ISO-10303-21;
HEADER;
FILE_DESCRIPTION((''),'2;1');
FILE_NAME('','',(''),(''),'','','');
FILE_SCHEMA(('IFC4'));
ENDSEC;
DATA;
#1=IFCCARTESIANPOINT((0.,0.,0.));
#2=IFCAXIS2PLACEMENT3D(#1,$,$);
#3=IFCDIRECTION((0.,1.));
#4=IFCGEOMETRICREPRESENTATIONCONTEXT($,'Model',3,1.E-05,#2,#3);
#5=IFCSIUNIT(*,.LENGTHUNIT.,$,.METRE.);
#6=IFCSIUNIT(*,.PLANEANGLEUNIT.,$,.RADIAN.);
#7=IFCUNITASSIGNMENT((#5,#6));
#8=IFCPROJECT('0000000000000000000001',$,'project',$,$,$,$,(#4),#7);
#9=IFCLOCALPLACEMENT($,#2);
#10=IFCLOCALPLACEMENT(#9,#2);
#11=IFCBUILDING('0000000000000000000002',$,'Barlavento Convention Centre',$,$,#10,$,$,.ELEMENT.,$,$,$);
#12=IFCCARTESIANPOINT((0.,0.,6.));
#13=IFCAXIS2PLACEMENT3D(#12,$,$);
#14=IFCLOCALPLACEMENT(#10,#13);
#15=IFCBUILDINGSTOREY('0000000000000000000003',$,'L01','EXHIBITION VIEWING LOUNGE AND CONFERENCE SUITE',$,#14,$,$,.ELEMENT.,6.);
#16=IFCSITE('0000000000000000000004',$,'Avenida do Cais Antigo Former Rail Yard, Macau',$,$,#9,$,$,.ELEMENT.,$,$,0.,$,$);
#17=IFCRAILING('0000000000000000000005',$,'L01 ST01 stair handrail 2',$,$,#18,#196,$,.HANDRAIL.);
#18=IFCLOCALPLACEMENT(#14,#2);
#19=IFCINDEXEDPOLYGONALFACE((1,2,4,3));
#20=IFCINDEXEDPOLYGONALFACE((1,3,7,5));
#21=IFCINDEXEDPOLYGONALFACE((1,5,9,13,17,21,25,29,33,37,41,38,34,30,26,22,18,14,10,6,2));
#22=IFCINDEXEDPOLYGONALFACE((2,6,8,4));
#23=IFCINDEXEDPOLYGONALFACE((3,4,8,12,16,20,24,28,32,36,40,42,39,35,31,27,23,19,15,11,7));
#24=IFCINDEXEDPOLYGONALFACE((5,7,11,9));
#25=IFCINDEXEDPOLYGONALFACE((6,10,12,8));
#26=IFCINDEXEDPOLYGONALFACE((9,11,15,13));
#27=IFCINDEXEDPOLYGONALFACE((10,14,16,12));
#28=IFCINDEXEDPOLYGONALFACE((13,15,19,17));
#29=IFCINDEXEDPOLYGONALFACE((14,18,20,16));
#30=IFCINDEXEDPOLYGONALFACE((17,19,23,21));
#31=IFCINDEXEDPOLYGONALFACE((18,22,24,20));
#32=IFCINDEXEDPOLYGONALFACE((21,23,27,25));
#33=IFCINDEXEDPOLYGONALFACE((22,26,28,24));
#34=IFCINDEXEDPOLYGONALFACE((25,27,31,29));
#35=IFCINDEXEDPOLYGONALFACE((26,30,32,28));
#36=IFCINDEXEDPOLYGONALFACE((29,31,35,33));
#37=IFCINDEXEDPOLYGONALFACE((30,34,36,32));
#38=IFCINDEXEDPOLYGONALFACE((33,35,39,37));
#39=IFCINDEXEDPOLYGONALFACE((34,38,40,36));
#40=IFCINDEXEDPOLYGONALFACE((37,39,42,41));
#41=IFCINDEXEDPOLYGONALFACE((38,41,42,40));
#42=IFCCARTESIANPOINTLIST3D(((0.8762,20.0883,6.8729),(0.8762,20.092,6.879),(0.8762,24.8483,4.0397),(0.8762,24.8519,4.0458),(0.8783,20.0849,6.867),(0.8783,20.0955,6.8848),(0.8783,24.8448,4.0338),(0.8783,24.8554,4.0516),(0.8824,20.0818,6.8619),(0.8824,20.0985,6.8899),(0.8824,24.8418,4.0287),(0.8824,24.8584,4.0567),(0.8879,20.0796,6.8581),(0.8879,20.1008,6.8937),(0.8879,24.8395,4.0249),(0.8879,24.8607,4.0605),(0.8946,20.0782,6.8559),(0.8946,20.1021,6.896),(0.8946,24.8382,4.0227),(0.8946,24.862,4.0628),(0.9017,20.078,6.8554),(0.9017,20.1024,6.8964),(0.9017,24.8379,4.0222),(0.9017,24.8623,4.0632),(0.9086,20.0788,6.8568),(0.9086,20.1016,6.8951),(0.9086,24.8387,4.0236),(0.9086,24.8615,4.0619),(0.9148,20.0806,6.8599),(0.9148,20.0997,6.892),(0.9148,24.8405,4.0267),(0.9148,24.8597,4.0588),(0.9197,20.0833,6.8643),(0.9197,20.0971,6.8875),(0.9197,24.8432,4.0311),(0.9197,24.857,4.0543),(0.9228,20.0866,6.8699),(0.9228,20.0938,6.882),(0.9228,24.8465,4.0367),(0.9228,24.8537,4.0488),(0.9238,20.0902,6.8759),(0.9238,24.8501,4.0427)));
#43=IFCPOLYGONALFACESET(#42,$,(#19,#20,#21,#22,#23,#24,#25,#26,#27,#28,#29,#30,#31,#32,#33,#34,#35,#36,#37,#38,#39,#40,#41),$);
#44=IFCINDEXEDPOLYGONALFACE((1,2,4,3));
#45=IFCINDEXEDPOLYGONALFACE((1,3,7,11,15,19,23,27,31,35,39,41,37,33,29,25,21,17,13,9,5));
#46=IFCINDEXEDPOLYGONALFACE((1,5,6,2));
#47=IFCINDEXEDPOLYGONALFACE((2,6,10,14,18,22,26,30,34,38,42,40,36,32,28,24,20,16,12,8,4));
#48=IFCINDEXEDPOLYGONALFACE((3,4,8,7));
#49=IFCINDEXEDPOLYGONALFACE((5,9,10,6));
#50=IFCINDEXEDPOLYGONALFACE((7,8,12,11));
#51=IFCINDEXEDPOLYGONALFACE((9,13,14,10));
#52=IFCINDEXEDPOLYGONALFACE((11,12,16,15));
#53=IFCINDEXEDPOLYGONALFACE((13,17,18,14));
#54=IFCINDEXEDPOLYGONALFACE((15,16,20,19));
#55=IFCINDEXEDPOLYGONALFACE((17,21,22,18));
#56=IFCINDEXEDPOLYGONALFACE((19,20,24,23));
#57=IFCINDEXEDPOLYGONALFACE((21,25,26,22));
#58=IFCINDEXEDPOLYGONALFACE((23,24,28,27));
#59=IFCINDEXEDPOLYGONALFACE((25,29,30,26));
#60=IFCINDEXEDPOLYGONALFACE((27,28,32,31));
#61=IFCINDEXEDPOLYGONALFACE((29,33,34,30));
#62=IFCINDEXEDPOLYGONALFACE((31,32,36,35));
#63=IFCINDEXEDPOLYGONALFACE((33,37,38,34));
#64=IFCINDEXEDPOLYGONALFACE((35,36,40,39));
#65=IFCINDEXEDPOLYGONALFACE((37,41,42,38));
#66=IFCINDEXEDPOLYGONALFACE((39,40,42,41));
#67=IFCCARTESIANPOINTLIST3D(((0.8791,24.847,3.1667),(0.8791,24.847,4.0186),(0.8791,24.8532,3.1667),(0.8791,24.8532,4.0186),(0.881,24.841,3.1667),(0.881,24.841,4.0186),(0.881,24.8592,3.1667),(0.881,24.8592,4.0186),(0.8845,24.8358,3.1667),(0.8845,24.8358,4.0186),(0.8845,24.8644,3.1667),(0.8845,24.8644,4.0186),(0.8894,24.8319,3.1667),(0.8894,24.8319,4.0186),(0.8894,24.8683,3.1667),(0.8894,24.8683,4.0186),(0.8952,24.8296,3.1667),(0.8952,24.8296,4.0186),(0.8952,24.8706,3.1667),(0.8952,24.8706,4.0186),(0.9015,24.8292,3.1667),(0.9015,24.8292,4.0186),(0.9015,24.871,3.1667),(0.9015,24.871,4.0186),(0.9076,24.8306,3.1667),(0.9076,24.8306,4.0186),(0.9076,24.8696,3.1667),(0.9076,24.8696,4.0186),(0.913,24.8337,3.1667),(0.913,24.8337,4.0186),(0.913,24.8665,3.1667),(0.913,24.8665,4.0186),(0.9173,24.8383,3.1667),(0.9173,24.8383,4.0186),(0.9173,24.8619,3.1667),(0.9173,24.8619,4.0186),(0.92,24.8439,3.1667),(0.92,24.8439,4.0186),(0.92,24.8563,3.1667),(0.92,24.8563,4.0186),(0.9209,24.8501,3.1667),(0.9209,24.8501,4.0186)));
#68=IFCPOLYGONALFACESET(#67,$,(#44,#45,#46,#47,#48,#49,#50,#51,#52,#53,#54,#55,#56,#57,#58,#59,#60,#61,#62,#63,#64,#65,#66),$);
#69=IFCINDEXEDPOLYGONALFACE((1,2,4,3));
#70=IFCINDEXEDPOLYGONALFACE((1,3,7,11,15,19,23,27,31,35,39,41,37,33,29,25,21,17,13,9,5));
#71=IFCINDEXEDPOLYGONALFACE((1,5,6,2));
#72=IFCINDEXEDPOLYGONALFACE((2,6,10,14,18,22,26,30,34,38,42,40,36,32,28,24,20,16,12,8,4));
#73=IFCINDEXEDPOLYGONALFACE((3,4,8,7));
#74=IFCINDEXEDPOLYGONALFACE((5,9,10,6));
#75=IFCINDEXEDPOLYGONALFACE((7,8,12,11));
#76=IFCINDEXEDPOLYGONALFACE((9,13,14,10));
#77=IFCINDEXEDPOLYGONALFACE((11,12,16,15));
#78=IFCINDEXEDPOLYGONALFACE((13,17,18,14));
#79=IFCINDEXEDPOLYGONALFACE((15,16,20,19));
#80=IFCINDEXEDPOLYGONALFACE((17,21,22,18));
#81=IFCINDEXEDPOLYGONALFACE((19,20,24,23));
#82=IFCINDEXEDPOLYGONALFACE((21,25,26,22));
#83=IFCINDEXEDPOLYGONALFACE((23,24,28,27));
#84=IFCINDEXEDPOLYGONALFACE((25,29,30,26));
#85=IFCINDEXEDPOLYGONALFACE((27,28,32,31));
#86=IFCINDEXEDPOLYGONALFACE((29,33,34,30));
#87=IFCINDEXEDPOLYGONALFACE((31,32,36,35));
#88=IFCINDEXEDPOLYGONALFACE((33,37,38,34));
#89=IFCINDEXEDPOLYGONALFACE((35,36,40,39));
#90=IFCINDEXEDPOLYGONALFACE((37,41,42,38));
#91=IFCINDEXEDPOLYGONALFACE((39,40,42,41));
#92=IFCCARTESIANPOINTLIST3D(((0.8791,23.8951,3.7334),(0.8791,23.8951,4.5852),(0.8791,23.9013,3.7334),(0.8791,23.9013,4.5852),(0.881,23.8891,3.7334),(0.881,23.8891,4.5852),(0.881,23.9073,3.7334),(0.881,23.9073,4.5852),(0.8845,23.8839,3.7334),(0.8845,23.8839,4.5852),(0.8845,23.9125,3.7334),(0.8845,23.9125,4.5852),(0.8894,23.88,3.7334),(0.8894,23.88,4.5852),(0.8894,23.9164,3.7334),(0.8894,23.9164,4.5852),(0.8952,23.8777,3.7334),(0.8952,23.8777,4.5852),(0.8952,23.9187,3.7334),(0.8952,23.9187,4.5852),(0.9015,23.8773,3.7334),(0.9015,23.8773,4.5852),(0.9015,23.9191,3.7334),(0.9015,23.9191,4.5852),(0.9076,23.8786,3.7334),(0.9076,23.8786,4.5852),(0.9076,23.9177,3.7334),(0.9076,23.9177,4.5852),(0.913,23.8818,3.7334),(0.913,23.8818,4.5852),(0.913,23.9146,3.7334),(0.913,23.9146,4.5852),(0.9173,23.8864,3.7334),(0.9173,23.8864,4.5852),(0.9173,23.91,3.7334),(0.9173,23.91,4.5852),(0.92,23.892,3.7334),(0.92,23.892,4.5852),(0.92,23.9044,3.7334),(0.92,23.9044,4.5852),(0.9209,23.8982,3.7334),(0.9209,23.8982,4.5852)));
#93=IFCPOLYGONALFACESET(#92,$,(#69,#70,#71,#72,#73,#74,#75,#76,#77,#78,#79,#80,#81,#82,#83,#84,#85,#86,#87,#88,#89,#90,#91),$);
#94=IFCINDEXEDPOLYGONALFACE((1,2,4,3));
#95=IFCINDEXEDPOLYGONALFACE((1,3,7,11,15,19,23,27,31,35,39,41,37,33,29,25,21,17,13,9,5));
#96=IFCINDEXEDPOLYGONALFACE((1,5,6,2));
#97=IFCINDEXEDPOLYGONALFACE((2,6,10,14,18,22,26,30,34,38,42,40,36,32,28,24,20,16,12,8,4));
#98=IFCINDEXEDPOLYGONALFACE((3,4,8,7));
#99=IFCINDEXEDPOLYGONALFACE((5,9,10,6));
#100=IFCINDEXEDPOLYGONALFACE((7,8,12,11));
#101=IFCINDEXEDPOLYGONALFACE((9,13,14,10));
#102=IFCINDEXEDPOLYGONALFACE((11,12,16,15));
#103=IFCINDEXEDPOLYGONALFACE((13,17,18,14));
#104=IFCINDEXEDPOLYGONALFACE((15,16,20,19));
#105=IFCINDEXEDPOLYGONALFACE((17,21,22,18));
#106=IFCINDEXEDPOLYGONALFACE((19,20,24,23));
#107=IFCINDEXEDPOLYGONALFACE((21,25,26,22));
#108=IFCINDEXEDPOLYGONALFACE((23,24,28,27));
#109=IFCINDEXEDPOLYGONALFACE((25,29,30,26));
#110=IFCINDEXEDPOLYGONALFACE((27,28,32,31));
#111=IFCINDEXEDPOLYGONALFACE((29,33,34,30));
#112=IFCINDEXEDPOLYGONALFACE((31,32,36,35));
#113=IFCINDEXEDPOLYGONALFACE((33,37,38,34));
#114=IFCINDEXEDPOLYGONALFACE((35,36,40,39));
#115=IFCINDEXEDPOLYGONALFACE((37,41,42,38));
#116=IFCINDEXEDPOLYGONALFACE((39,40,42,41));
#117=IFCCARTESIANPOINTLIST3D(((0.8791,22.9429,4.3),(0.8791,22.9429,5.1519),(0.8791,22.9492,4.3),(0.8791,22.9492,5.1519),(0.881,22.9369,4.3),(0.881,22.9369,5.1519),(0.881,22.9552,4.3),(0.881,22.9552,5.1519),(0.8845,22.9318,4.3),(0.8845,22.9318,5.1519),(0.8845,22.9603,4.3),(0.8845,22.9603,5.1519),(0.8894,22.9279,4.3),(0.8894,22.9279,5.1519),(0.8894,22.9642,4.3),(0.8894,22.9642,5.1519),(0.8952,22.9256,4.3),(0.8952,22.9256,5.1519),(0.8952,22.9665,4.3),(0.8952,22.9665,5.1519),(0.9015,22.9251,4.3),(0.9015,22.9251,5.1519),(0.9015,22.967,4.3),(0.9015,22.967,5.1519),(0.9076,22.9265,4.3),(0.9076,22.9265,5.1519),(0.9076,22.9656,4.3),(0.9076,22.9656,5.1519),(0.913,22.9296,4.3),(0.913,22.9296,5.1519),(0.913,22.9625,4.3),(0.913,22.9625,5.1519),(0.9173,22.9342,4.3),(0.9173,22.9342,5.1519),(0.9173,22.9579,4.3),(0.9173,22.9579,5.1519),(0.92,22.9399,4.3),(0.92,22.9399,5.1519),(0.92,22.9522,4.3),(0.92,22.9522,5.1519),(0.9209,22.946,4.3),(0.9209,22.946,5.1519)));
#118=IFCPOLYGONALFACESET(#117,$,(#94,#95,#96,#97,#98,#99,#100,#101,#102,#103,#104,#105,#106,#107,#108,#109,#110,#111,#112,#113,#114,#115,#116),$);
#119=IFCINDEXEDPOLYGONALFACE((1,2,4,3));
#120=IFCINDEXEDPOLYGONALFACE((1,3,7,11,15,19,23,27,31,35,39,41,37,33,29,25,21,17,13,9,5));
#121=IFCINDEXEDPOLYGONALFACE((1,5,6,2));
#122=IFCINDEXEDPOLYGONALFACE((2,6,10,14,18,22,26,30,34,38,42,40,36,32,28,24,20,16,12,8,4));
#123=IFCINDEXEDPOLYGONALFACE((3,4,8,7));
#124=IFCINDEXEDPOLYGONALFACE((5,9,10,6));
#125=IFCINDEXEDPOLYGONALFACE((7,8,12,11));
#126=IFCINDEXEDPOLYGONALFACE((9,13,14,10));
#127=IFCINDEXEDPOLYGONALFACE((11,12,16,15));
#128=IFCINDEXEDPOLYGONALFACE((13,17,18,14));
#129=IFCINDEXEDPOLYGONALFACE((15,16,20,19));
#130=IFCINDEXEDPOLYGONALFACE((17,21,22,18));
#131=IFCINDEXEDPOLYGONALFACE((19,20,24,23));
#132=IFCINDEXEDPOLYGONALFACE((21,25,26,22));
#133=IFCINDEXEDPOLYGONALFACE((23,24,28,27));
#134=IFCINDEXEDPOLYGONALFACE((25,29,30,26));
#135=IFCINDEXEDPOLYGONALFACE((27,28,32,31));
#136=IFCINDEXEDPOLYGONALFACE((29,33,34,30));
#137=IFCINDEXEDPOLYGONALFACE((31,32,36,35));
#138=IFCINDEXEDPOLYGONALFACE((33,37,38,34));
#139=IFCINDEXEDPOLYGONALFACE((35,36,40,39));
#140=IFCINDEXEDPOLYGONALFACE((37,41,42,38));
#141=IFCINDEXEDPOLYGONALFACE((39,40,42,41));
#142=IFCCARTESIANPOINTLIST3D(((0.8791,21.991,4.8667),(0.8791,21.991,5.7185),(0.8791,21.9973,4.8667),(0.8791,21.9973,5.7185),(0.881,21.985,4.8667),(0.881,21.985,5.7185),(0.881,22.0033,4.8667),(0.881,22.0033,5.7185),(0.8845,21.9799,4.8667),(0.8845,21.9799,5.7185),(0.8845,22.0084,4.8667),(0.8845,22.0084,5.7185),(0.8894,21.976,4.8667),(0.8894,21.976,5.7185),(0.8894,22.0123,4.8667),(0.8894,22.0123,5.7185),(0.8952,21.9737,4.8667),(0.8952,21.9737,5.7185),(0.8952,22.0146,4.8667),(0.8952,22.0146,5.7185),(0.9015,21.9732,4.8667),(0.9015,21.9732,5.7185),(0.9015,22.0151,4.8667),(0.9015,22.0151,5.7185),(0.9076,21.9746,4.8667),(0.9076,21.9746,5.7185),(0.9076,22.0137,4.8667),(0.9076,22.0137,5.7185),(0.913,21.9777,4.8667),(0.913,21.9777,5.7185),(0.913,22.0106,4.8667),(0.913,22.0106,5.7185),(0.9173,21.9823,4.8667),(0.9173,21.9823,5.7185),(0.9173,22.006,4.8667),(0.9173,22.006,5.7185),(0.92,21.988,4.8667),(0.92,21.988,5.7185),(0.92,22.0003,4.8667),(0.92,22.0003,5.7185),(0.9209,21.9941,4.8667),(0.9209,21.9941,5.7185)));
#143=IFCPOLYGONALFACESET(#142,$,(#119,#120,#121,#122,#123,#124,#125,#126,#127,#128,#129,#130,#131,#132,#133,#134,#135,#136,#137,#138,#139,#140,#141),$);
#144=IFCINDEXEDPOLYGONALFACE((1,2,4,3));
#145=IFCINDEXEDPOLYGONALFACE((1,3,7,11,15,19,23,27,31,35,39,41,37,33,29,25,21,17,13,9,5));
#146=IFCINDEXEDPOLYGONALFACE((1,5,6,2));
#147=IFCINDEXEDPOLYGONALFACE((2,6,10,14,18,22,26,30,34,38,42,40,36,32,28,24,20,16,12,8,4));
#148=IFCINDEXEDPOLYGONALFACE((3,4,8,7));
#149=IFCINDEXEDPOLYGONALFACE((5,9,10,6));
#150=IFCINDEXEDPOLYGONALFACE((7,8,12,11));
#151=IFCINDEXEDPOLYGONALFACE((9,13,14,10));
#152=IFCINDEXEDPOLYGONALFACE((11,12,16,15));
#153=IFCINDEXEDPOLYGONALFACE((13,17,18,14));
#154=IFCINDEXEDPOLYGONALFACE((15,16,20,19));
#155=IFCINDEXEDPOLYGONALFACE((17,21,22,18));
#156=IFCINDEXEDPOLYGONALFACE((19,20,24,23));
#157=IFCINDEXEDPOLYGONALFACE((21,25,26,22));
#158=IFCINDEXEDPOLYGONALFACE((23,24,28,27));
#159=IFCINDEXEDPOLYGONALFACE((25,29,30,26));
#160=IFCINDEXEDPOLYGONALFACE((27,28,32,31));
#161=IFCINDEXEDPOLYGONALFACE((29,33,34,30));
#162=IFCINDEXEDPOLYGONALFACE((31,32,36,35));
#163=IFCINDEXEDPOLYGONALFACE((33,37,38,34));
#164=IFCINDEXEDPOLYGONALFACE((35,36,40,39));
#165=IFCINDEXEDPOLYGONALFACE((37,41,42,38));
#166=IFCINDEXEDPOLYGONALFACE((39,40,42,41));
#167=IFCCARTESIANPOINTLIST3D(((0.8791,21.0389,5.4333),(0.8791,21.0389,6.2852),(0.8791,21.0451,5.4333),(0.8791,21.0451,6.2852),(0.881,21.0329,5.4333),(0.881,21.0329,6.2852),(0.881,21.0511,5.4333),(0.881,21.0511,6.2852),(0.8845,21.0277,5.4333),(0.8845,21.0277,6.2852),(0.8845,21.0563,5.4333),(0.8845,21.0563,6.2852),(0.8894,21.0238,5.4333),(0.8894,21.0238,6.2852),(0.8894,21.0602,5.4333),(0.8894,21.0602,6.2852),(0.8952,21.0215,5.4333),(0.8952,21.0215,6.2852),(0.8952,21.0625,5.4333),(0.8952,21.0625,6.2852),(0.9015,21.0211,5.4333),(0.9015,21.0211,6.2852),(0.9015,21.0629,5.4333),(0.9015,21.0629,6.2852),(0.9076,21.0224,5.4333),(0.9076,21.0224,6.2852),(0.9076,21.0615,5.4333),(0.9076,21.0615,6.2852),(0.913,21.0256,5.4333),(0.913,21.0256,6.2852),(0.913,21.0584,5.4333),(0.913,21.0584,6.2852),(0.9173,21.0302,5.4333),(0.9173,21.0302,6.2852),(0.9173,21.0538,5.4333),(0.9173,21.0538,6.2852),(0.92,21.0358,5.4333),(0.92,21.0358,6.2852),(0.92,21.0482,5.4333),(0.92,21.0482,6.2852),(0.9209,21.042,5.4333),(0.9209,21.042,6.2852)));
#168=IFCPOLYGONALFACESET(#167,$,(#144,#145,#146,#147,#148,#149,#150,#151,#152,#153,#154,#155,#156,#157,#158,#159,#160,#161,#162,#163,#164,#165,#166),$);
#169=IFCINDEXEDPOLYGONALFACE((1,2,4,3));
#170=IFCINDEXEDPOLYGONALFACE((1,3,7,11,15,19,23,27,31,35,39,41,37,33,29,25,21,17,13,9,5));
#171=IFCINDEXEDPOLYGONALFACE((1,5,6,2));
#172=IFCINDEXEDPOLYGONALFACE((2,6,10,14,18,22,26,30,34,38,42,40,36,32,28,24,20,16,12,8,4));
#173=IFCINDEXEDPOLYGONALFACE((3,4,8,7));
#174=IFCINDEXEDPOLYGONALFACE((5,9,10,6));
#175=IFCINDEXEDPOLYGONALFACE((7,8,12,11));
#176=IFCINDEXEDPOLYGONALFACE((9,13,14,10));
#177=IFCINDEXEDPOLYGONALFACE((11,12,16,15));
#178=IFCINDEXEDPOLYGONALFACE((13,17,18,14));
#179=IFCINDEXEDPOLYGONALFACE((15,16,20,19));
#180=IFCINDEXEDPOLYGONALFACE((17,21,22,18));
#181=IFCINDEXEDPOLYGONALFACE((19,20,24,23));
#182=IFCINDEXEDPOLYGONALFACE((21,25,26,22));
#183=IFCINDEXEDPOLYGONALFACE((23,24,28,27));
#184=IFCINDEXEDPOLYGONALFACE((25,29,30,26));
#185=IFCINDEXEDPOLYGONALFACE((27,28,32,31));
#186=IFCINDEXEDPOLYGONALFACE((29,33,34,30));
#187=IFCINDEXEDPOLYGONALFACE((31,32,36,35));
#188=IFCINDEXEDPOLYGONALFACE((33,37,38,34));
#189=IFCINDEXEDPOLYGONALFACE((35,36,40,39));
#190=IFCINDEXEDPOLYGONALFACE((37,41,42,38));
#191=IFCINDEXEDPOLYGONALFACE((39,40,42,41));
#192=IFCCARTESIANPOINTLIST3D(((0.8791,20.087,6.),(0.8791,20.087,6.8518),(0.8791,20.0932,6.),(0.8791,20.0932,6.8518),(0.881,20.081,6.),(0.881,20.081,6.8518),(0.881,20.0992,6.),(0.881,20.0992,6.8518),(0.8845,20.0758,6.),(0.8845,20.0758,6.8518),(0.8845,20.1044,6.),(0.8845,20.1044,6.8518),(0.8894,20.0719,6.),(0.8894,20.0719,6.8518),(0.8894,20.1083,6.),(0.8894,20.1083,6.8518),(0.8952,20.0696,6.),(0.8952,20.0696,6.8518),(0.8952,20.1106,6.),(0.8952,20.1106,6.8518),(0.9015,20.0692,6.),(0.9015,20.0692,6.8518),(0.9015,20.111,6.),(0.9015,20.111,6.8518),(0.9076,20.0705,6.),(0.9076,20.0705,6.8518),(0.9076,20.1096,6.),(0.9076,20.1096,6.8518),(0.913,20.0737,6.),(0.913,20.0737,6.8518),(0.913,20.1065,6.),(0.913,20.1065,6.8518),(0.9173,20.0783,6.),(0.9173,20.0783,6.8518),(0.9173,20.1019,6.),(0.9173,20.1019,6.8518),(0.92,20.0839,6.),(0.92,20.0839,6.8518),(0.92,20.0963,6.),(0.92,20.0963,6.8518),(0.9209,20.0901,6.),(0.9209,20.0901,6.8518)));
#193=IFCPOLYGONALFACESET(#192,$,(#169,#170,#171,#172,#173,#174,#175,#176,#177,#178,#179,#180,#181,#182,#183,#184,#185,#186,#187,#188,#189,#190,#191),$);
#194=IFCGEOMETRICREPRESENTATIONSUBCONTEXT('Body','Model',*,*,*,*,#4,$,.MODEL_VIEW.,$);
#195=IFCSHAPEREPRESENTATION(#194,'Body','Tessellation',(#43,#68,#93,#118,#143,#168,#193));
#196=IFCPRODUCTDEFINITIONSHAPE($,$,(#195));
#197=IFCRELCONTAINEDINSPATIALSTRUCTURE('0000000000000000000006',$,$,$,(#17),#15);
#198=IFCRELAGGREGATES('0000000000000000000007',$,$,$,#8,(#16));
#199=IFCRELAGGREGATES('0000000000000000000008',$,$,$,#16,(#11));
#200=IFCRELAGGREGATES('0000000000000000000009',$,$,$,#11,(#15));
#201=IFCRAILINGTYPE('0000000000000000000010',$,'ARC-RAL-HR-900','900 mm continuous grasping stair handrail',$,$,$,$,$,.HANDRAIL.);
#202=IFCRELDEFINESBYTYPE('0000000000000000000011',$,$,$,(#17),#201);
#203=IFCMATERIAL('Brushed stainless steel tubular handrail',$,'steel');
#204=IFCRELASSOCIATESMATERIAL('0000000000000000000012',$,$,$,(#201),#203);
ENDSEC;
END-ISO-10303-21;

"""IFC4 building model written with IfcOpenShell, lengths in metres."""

from ifc_helpers import new_model, si_unit, direction, frame, origin, origin_2d, place, context, subcontext, project, spatial, circle, extrude, material, type_object, element, save


model = new_model("IFC4")

# Units and contexts
model_context = context("Model", 3, precision=1e-05, world=origin(), true_north=direction((0.0, 1.0)))
body_context = subcontext(model_context, "Body", "Model", "MODEL_VIEW")
ifc_project = project(units=[si_unit("LENGTHUNIT", "METRE"), si_unit("PLANEANGLEUNIT", "RADIAN")], contexts=[model_context])

# Site, building, storey
site_placement = place(None, origin())
site = spatial("IfcSite", under=ifc_project, at=site_placement, Name="Avenida do Cais Antigo Former Rail Yard, Macau", CompositionType="ELEMENT", RefElevation=0.0)
building_placement = place(site_placement, origin())
building = spatial("IfcBuilding", under=site, at=building_placement, Name="Barlavento Convention Centre", CompositionType="ELEMENT")
storey_placement = place(building_placement, frame((0.0, 0.0, 6.0)))
storey = spatial("IfcBuildingStorey", under=building, at=storey_placement, Name="L01", Description="EXHIBITION VIEWING LOUNGE AND CONFERENCE SUITE", CompositionType="ELEMENT", Elevation=6.0)

# Railing
ifc_material_1 = material(Name="Brushed stainless steel tubular handrail", Category="steel")
railing_type_1 = type_object("IfcRailingType", Name="ARC-RAL-HR-900", Description="900 mm continuous grasping stair handrail", PredefinedType="HANDRAIL", material=ifc_material_1)
railing_1_placement = place(storey_placement, frame((0.8999, 24.8501, 3.1667)))
element("IfcRailing", 1, at=railing_1_placement, inside=storey, type_object=railing_type_1, Name="L01 ST01 stair handrail 2", PredefinedType="HANDRAIL", context=body_context, shape_type="SweptSolid", body=[
    extrude(circle(Radius=0.0239, at=origin_2d()), frame((0.0, 0.0, 0.876), z_axis=(0.0, -0.8593, 0.511472), x_axis=(1.0, 0.0, 0.0)), (0.0, 0.0, 1.0), 5.5393),
    extrude(circle(Radius=0.021, at=origin_2d()), origin(), (0.0, 0.0, 1.0), 0.8518),
    extrude(circle(Radius=0.021, at=origin_2d()), frame((0.0, -0.9519, 0.5667)), (0.0, 0.0, 1.0), 0.8518),
    extrude(circle(Radius=0.021, at=origin_2d()), frame((0.0, -1.9041, 1.1333)), (0.0, 0.0, 1.0), 0.8518),
    extrude(circle(Radius=0.021, at=origin_2d()), frame((0.0, -2.856, 1.7)), (0.0, 0.0, 1.0), 0.8518),
    extrude(circle(Radius=0.021, at=origin_2d()), frame((0.0, -3.8081, 2.2666)), (0.0, 0.0, 1.0), 0.8518),
    extrude(circle(Radius=0.021, at=origin_2d()), frame((0.0, -4.76, 2.8333)), (0.0, 0.0, 1.0), 0.8518),
])

save(model, "model.ifc")
